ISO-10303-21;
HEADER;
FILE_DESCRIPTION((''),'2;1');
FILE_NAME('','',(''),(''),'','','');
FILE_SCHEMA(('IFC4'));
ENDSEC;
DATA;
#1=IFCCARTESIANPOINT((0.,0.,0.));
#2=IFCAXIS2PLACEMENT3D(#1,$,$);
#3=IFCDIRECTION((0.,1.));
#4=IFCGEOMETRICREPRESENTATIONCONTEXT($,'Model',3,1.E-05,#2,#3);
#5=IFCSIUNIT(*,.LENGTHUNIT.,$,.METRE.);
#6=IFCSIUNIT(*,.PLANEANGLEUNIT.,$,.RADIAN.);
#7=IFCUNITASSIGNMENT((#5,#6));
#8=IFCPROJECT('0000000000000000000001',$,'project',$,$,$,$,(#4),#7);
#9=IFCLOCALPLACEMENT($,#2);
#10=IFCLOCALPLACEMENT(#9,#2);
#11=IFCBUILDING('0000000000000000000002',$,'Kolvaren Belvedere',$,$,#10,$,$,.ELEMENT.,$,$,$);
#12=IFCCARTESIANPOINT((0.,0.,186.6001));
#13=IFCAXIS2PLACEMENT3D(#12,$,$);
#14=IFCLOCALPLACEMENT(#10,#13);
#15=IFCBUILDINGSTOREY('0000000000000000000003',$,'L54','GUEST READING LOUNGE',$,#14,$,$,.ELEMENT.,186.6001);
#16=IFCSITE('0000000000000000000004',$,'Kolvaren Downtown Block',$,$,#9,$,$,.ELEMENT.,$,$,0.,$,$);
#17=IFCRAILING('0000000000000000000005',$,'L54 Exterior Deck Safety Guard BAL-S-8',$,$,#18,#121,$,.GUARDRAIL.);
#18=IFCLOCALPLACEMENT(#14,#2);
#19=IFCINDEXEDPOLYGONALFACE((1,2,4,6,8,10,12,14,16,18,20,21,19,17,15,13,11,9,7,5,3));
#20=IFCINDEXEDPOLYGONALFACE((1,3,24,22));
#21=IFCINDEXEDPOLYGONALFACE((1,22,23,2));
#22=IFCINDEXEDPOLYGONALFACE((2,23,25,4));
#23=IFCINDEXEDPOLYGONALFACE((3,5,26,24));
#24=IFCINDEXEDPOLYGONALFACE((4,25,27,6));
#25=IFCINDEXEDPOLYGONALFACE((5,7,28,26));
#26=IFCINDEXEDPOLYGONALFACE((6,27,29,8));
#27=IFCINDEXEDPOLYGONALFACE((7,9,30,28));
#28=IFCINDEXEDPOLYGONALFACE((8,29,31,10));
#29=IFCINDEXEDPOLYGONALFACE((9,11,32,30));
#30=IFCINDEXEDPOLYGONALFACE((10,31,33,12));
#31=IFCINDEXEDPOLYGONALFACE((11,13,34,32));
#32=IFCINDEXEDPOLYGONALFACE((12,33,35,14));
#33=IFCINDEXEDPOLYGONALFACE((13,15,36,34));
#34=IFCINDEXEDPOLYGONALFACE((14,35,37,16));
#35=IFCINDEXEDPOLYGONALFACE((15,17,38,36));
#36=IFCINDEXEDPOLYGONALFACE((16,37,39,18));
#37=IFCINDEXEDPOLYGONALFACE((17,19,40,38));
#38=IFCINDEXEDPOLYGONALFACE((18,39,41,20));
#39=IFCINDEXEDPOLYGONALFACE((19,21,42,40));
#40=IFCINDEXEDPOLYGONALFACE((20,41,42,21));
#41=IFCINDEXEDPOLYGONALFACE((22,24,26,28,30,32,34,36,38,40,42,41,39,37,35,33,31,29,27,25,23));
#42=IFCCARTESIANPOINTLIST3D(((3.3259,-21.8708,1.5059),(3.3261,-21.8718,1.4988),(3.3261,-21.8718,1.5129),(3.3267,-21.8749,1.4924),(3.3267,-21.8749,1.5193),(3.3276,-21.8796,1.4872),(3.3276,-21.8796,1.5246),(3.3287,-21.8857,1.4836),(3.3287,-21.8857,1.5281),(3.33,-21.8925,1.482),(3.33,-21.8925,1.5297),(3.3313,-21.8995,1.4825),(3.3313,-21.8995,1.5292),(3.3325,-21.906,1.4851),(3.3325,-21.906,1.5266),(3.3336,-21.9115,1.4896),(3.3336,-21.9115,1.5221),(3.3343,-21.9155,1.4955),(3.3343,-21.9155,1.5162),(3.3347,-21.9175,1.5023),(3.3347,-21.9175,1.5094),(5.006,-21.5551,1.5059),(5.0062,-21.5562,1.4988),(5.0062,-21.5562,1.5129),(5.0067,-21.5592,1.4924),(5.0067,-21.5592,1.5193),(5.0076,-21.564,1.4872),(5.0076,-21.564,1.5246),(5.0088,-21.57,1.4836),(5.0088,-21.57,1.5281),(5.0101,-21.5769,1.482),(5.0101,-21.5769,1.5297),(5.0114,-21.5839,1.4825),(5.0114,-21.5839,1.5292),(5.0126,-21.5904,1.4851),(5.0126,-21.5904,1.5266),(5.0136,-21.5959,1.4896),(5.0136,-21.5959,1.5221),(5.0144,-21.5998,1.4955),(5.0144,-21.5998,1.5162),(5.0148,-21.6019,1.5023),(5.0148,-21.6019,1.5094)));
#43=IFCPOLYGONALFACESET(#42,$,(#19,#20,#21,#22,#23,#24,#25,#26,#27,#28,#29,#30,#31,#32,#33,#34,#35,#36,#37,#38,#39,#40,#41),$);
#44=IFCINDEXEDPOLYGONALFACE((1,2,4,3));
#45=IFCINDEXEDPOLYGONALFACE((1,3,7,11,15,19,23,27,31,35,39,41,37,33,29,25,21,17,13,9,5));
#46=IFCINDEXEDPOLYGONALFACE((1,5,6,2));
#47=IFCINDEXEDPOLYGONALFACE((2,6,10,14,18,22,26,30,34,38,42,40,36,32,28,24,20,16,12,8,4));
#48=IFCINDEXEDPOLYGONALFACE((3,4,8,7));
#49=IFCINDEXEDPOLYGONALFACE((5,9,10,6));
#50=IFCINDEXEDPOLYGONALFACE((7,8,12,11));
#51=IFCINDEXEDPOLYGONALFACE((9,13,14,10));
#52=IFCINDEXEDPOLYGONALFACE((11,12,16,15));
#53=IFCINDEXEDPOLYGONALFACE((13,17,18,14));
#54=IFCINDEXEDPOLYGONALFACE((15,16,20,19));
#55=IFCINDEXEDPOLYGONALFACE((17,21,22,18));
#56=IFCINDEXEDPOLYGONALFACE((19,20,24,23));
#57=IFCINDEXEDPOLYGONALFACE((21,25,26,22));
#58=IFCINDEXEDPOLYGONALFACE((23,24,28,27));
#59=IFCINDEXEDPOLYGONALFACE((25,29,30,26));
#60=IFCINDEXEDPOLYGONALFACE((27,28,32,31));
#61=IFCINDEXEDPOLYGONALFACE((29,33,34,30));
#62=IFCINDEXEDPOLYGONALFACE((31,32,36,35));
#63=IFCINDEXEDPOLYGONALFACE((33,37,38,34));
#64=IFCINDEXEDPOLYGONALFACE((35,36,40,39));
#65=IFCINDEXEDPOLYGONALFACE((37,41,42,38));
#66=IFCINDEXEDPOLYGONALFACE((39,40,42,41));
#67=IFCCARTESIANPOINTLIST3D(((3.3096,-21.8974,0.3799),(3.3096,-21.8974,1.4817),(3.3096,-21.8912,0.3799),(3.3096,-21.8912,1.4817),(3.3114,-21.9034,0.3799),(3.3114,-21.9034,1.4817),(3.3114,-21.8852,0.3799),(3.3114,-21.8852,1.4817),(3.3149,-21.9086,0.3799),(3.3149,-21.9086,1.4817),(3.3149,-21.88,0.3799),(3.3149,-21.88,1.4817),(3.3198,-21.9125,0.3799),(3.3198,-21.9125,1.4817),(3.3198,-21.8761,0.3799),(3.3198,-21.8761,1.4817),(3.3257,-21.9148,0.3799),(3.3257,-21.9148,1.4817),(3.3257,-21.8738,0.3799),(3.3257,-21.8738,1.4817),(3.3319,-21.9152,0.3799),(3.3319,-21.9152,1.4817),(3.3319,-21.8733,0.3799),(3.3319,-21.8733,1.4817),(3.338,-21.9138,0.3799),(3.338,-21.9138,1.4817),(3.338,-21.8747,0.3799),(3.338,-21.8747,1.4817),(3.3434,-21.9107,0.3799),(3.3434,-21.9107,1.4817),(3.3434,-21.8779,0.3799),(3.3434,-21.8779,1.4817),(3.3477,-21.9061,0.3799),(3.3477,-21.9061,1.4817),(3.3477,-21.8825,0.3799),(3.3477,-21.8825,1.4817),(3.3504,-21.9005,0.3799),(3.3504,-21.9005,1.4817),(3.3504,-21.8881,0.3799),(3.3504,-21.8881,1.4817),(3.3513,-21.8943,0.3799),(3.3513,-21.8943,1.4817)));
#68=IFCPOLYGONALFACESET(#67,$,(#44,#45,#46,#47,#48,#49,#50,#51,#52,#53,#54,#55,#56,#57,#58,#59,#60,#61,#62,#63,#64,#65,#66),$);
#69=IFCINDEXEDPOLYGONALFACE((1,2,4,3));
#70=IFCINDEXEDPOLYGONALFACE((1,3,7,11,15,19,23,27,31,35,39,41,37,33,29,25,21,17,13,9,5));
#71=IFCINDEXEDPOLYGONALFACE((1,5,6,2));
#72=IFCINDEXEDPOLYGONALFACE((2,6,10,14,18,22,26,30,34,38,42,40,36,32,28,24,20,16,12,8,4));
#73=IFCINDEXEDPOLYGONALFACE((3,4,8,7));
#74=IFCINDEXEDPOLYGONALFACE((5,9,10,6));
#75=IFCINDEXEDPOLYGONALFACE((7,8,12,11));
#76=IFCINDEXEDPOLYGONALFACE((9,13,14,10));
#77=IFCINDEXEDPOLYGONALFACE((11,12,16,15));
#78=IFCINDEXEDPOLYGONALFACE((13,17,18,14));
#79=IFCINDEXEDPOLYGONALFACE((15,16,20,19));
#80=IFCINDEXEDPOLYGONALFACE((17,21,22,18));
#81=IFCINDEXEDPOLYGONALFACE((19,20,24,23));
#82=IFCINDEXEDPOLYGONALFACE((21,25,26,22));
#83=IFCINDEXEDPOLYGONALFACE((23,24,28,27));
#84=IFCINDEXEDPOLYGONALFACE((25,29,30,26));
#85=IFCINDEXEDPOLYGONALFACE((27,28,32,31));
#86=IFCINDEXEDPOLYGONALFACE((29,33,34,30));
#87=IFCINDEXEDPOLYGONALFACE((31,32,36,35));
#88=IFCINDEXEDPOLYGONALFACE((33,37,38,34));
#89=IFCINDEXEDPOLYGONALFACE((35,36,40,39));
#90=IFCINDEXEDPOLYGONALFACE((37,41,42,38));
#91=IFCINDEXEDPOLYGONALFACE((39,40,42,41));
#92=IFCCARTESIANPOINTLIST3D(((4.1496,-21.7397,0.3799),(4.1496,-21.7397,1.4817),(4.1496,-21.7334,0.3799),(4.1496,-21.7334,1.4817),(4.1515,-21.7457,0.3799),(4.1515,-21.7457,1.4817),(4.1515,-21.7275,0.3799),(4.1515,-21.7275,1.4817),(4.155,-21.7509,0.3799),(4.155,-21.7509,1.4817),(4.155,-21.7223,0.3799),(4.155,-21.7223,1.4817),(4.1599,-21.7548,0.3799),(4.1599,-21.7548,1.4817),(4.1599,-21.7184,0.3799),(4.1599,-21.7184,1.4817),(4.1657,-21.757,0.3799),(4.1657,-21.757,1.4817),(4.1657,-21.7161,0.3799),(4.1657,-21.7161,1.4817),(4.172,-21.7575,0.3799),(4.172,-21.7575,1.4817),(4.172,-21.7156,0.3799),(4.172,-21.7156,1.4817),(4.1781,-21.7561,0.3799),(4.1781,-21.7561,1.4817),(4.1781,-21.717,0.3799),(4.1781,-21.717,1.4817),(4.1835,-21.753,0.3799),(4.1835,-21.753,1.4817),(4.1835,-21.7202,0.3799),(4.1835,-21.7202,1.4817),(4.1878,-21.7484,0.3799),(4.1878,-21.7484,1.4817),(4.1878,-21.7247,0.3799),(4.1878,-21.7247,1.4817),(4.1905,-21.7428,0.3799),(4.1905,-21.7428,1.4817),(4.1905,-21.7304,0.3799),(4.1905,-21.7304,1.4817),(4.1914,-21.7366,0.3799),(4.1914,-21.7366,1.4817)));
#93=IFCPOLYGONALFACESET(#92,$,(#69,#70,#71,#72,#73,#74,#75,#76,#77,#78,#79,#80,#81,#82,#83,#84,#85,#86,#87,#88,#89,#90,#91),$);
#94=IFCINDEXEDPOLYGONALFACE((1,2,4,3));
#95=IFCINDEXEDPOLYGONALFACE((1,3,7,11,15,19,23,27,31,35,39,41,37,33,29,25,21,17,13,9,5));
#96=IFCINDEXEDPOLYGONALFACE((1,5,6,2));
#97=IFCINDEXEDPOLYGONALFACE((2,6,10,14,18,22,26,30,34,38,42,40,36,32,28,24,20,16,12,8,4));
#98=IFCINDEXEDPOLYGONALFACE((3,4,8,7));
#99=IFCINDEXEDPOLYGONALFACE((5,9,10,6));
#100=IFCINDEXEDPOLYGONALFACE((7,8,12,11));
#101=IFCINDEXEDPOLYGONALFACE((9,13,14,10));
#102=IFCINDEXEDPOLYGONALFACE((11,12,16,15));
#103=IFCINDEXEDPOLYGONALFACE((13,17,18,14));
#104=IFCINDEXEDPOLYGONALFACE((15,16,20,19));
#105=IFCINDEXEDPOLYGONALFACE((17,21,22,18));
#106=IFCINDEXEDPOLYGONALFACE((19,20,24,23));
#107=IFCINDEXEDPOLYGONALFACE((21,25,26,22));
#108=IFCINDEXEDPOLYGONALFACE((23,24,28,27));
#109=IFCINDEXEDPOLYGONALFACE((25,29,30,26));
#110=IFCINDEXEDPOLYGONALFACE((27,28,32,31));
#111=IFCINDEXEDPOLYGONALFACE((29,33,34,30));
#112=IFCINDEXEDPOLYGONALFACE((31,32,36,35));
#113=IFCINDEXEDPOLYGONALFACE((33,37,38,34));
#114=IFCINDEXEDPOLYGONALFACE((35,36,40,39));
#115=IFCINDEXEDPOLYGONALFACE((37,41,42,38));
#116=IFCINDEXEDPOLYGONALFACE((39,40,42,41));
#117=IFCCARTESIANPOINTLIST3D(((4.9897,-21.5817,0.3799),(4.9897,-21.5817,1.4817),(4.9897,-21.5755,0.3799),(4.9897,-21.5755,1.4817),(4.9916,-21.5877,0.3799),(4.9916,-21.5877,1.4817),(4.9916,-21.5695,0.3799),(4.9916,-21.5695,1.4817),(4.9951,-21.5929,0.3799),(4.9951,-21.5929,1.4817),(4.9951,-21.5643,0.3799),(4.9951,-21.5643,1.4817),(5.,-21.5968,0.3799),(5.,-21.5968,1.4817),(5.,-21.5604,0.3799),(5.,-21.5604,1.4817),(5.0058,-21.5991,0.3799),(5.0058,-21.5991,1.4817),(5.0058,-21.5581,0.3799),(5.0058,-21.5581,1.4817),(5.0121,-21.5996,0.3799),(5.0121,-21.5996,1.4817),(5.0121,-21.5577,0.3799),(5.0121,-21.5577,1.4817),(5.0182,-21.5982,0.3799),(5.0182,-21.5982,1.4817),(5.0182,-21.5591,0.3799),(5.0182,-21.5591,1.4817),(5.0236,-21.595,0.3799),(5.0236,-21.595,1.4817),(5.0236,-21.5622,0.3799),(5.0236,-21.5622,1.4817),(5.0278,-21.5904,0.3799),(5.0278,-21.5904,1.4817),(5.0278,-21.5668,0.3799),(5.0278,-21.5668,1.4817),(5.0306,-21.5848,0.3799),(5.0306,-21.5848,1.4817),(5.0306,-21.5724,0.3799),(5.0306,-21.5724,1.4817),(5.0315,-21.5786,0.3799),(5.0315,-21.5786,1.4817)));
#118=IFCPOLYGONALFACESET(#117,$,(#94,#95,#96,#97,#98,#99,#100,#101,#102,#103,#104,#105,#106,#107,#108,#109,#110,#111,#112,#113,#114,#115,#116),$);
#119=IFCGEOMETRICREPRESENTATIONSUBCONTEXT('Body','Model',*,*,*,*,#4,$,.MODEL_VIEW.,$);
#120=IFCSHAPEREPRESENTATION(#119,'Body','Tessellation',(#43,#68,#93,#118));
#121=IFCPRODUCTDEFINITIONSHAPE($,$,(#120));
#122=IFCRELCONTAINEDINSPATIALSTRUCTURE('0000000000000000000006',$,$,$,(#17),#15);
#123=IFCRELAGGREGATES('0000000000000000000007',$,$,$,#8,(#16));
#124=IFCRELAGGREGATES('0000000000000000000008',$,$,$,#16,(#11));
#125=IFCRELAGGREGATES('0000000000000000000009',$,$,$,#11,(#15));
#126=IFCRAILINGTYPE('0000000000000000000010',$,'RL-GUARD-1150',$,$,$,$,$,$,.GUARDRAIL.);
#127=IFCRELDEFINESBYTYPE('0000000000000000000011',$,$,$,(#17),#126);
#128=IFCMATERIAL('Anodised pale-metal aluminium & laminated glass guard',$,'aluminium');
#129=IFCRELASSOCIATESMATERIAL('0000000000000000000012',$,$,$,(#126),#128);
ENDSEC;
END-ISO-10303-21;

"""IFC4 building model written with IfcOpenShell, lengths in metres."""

from ifc_helpers import new_model, si_unit, direction, frame, origin, origin_2d, place, context, subcontext, project, spatial, circle, extrude, material, type_object, element, save


model = new_model("IFC4")

# Units and contexts
model_context = context("Model", 3, precision=1e-05, world=origin(), true_north=direction((0.0, 1.0)))
body_context = subcontext(model_context, "Body", "Model", "MODEL_VIEW")
ifc_project = project(units=[si_unit("LENGTHUNIT", "METRE"), si_unit("PLANEANGLEUNIT", "RADIAN")], contexts=[model_context])

# Site, building, storey
site_placement = place(None, origin())
site = spatial("IfcSite", under=ifc_project, at=site_placement, Name="Kolvaren Downtown Block", CompositionType="ELEMENT", RefElevation=0.0)
building_placement = place(site_placement, origin())
building = spatial("IfcBuilding", under=site, at=building_placement, Name="Kolvaren Belvedere", CompositionType="ELEMENT")
storey_placement = place(building_placement, frame((0.0, 0.0, 186.6001)))
storey = spatial("IfcBuildingStorey", under=building, at=storey_placement, Name="L54", Description="GUEST READING LOUNGE", CompositionType="ELEMENT", Elevation=186.6001)

# Railing
ifc_material_1 = material(Name="Anodised pale-metal aluminium & laminated glass guard", Category="aluminium")
railing_type = type_object("IfcRailingType", Name="RL-GUARD-1150", PredefinedType="GUARDRAIL", material=ifc_material_1)
railing_1_placement = place(storey_placement, frame((3.3303, -21.8943, 0.3799)))
element("IfcRailing", 1, at=railing_1_placement, inside=storey, type_object=railing_type, Name="L54 Exterior Deck Safety Guard BAL-S-8", PredefinedType="GUARDRAIL", context=body_context, shape_type="SweptSolid", body=[
    extrude(circle(Radius=0.0239, at=origin_2d()), frame((0.0, 0.0, 1.126), z_axis=(0.982804, 0.184651, 0.0), x_axis=(-0.184651, 0.982804, 0.0)), (0.0, 0.0, 1.0), 1.7095),
    extrude(circle(Radius=0.021, at=origin_2d()), origin(), (0.0, 0.0, 1.0), 1.1018),
    extrude(circle(Radius=0.021, at=origin_2d()), frame((0.8401, 0.1577, 0.0)), (0.0, 0.0, 1.0), 1.1018),
    extrude(circle(Radius=0.021, at=origin_2d()), frame((1.6802, 0.3157, 0.0)), (0.0, 0.0, 1.0), 1.1018),
])

save(model, "model.ifc")
